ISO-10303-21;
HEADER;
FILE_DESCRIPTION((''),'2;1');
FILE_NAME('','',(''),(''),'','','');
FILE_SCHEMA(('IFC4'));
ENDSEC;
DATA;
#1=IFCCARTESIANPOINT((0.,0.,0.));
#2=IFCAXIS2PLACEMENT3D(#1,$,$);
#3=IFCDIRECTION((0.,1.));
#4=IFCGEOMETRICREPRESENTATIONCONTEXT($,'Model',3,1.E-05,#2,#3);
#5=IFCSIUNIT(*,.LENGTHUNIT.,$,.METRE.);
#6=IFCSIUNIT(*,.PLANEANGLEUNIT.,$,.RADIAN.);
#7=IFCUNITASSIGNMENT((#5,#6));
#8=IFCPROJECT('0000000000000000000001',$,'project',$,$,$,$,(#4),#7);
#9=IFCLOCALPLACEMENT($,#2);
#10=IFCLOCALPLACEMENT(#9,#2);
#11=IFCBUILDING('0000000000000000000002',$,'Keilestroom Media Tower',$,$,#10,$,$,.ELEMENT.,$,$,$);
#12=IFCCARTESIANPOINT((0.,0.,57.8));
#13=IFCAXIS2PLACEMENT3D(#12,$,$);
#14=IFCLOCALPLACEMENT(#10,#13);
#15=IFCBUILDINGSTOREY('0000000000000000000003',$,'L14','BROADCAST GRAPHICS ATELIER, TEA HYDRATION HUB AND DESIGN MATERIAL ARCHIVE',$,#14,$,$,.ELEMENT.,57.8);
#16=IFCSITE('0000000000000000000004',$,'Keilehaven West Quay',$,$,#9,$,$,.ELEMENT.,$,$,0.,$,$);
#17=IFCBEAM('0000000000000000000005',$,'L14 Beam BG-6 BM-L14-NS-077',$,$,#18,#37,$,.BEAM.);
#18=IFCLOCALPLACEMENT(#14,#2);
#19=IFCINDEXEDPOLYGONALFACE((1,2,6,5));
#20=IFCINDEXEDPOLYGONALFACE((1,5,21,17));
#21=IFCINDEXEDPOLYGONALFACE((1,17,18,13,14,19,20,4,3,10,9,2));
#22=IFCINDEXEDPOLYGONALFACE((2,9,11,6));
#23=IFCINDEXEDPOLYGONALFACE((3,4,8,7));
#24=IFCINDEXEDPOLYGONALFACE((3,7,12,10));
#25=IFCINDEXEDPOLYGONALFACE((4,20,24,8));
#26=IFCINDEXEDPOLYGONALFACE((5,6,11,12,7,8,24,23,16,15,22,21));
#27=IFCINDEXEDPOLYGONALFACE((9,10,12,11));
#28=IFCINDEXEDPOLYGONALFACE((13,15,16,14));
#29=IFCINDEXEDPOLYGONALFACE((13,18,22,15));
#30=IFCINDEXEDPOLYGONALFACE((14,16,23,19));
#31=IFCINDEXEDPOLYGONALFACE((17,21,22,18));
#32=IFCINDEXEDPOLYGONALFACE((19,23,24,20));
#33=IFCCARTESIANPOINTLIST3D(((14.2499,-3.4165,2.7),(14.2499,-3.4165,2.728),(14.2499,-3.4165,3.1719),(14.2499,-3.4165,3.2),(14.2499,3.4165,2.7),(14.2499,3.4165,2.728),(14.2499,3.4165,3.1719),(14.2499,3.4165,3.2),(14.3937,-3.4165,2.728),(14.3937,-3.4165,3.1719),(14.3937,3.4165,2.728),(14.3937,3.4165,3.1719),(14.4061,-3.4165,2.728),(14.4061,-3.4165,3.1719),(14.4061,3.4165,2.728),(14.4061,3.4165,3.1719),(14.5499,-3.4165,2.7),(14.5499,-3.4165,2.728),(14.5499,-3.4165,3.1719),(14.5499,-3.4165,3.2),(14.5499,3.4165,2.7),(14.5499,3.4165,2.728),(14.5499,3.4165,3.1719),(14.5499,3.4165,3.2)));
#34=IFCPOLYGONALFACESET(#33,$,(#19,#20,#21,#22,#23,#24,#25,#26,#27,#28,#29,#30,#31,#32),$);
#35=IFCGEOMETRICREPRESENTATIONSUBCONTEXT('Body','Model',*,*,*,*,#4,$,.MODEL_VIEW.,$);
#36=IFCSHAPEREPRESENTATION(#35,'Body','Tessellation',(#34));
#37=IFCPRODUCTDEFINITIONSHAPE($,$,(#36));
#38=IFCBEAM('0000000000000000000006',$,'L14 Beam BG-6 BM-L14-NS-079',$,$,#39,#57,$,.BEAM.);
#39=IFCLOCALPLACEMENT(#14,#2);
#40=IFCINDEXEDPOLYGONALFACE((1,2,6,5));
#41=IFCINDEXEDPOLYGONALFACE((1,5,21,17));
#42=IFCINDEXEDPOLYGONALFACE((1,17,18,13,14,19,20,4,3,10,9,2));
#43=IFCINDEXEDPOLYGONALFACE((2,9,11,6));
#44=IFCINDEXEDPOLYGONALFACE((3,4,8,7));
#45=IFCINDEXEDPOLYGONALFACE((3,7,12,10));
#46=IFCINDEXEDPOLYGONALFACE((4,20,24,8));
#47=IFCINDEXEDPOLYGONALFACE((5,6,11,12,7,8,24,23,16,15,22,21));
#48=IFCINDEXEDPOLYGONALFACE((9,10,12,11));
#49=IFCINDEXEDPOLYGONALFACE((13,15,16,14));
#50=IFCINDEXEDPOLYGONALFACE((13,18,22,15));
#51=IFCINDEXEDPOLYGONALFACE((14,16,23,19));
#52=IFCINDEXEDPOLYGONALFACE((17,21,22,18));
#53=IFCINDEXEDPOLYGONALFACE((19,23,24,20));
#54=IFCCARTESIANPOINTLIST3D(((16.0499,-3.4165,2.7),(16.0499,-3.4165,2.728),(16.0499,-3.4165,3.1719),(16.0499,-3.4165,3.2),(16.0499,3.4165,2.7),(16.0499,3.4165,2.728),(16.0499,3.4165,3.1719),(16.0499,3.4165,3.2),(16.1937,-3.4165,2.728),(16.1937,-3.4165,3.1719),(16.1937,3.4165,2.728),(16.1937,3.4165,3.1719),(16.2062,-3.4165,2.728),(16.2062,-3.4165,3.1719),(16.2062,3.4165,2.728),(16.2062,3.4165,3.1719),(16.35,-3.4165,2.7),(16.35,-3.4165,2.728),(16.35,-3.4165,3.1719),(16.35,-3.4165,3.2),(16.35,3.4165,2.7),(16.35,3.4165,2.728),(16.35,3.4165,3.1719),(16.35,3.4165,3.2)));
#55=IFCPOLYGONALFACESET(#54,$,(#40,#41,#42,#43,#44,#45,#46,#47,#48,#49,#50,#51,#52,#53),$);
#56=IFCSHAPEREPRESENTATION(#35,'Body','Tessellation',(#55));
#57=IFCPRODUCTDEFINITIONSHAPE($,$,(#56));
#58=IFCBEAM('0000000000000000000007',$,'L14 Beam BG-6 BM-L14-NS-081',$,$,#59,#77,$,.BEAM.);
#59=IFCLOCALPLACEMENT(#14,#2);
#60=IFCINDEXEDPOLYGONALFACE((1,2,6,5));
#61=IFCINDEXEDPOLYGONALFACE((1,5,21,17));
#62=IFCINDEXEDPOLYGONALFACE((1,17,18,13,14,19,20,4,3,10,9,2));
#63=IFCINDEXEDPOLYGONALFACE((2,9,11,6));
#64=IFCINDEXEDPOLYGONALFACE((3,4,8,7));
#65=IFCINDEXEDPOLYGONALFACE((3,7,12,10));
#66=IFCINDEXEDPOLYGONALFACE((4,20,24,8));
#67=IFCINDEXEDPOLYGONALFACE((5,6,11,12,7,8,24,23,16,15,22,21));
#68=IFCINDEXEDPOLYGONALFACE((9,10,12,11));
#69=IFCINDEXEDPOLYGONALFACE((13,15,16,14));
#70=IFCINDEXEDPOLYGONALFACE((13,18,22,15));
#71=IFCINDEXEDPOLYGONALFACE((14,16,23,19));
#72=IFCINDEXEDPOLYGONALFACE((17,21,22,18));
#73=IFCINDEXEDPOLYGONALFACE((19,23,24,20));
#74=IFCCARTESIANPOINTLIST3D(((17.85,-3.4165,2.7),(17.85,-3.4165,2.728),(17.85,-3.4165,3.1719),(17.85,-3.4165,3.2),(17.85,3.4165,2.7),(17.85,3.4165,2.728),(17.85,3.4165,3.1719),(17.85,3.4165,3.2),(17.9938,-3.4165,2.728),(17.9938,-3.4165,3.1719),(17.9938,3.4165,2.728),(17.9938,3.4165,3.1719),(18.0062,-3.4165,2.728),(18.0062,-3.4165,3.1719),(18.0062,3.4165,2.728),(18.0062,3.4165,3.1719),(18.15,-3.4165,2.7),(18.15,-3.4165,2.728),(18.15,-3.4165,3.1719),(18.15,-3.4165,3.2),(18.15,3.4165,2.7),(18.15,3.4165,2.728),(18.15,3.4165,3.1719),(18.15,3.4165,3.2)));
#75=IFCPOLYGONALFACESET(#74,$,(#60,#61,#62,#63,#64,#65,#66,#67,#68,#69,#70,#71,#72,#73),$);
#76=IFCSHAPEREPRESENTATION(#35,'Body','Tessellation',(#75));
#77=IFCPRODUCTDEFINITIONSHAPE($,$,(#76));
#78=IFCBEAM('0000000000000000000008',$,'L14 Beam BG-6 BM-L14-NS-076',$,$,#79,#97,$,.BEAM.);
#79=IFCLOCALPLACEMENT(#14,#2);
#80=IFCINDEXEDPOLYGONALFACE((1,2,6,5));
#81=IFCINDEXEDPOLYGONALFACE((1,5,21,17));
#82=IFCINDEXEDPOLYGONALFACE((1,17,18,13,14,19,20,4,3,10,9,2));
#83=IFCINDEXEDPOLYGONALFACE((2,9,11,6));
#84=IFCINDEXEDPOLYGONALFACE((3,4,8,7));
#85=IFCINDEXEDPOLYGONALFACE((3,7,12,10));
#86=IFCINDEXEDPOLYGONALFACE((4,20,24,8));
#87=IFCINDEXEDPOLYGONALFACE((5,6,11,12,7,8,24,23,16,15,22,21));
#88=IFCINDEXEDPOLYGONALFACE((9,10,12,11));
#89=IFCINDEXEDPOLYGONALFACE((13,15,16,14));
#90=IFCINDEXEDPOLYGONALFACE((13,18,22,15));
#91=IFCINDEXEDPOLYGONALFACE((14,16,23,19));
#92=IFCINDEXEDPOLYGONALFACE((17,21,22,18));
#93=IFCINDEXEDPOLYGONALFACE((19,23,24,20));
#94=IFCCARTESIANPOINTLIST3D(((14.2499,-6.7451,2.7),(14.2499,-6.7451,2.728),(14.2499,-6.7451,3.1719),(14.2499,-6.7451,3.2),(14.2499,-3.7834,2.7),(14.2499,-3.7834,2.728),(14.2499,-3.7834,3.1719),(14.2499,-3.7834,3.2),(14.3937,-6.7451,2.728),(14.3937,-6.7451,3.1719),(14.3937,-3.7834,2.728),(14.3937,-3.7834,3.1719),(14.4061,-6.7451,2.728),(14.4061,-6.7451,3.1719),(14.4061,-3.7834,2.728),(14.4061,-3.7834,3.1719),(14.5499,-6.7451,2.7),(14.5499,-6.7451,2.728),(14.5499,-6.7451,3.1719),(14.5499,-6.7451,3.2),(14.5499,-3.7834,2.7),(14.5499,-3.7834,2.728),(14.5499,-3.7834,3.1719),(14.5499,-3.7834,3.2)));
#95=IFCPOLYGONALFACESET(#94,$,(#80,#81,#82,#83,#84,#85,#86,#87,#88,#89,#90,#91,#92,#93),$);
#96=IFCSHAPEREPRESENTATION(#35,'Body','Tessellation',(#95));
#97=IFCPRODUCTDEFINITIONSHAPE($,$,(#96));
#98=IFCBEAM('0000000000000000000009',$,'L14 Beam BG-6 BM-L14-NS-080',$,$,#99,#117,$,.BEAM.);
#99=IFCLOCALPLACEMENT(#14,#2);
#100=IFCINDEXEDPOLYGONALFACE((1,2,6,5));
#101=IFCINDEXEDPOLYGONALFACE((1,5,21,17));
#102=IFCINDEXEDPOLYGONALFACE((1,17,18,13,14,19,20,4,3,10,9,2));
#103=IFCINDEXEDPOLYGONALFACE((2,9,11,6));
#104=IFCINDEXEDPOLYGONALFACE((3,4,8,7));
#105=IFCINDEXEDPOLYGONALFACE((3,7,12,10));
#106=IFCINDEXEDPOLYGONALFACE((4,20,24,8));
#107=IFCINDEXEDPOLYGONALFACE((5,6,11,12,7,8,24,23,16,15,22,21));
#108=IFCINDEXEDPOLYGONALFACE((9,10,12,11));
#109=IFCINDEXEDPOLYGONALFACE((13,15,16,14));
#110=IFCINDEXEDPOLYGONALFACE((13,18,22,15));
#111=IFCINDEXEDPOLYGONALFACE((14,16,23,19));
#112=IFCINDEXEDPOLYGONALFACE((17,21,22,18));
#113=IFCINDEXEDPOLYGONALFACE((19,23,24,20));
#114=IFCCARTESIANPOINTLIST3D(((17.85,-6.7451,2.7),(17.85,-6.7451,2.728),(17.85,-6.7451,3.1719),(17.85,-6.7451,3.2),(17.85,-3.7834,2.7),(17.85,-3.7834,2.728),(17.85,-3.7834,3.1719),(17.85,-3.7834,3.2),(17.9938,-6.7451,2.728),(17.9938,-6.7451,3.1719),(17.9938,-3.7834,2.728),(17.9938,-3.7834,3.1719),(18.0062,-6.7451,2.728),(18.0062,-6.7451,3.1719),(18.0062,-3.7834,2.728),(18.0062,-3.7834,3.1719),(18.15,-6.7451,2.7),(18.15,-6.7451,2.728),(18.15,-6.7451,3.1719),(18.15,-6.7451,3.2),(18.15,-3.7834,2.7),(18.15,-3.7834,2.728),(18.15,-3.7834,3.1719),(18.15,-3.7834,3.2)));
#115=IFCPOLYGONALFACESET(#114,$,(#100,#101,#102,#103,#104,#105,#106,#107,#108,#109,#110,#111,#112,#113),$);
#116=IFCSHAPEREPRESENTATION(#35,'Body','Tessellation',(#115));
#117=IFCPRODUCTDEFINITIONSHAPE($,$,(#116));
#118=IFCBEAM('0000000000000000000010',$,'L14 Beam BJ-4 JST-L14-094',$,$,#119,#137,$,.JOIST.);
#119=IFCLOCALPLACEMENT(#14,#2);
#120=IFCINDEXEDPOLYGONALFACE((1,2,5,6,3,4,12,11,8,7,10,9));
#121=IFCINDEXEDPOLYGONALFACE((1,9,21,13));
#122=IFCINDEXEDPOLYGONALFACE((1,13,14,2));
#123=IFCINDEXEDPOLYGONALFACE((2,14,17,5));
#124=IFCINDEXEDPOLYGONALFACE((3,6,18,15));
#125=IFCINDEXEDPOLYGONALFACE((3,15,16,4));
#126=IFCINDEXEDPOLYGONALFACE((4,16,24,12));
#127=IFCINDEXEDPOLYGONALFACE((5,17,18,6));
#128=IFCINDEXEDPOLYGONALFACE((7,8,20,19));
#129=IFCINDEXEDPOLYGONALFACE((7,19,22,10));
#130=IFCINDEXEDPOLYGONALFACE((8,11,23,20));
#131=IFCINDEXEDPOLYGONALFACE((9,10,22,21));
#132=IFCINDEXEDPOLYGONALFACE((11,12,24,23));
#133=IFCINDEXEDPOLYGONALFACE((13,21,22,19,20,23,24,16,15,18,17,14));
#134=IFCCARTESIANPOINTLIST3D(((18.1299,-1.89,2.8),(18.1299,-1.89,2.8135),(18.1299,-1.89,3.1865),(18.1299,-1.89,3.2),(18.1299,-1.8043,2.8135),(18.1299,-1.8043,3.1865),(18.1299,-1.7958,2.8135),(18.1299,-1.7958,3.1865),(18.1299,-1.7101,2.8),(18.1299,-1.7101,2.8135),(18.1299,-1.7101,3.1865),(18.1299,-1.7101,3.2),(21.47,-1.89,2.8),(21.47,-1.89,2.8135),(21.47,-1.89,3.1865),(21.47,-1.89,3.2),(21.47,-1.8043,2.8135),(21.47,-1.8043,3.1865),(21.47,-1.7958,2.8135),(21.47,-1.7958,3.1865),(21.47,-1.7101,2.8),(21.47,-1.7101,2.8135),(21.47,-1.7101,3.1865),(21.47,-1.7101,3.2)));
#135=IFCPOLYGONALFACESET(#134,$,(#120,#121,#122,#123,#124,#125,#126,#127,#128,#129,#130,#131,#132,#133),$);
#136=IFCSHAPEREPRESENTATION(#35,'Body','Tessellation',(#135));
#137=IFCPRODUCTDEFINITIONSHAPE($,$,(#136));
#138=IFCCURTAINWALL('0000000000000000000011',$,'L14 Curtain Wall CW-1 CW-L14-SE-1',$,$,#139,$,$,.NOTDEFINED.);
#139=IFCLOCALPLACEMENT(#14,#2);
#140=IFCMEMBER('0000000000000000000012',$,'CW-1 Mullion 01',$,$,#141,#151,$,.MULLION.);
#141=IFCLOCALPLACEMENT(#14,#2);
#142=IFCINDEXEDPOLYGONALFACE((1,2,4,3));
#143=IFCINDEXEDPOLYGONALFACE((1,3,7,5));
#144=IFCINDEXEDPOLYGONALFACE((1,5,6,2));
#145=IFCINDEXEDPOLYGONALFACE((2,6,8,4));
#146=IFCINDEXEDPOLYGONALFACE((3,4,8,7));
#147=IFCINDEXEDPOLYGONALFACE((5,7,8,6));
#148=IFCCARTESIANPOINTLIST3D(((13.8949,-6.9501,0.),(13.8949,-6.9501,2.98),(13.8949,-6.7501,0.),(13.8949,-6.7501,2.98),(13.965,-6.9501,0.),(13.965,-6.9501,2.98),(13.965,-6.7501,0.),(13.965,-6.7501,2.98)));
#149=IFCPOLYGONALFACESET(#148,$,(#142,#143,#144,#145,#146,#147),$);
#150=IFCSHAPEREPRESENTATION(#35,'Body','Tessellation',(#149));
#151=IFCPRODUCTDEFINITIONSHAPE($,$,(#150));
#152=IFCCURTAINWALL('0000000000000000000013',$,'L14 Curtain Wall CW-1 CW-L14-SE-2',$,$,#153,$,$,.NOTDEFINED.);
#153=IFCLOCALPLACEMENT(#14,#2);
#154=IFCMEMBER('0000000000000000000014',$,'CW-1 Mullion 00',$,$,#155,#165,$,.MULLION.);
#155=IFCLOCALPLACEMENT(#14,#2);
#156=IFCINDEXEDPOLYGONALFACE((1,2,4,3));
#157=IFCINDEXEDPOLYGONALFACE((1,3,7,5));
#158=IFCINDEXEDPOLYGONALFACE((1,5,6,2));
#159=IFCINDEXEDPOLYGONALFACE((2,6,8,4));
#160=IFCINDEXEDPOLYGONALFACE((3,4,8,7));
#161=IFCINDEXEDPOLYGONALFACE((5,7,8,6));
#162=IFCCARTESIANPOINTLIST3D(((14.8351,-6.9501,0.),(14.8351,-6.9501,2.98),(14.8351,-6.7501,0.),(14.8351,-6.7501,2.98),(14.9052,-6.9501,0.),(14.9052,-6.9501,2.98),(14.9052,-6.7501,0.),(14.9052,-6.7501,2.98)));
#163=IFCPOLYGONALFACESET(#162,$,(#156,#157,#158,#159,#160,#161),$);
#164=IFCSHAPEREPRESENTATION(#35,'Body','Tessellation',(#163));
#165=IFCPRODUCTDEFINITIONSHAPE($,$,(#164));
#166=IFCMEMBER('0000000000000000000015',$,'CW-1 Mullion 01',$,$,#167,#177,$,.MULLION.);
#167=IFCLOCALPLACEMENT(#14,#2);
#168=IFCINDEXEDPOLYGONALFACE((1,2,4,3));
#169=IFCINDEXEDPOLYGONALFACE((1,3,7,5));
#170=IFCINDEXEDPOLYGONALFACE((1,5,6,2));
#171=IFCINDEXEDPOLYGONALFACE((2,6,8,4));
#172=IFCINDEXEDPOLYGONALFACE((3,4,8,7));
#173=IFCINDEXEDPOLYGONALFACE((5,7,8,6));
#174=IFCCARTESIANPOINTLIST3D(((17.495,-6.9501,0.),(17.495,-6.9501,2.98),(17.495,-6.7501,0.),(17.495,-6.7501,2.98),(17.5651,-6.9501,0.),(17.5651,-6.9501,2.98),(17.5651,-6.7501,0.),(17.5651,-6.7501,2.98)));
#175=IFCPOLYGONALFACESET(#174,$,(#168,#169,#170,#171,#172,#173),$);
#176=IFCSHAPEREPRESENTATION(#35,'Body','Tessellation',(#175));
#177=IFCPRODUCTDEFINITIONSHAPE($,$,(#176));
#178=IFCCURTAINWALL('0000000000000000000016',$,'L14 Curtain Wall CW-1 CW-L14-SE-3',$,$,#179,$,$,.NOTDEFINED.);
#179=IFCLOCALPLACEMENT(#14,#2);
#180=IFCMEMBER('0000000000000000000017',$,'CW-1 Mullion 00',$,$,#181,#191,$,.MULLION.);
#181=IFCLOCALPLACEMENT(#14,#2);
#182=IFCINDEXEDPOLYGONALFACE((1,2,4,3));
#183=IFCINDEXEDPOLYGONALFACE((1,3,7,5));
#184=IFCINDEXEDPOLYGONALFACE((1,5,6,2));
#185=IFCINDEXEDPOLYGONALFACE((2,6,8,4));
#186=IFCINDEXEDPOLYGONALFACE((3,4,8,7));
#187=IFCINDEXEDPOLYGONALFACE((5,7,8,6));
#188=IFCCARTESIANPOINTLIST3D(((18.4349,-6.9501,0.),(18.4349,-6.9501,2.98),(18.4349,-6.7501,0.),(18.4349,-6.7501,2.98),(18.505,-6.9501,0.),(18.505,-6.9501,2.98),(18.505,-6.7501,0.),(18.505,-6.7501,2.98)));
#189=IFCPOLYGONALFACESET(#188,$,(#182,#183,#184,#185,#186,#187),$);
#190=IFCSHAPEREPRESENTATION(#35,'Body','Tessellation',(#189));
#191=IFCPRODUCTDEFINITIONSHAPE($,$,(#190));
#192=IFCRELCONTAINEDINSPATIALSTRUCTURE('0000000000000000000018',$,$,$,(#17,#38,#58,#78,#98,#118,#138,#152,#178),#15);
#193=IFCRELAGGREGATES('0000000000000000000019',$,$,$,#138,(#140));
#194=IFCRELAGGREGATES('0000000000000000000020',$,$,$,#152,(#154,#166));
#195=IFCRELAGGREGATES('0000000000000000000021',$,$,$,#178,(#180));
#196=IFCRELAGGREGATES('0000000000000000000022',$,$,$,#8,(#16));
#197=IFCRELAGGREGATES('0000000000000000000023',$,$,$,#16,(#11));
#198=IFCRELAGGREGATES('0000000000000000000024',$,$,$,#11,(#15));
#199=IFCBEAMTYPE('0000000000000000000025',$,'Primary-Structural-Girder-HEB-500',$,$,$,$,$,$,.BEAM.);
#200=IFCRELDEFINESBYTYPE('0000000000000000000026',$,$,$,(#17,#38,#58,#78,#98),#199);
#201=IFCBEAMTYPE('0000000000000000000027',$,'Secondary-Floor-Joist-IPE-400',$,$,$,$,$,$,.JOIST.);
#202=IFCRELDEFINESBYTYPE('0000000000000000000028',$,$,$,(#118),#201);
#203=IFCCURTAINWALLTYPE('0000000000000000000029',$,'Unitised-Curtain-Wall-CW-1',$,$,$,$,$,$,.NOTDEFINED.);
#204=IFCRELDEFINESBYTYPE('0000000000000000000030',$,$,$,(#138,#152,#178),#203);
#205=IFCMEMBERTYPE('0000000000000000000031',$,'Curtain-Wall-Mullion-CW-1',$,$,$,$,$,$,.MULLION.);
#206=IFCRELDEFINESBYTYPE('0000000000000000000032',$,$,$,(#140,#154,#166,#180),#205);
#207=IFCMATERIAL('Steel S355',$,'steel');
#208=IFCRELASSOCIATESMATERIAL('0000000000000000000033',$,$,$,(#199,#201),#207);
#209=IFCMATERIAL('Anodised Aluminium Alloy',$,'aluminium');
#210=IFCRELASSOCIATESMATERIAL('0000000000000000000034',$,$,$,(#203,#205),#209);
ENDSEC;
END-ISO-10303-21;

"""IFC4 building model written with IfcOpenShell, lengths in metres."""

from ifc_helpers import new_model, si_unit, direction, frame, origin, origin_2d, place, context, subcontext, project, spatial, rectangle, i_section, extrude, source, transform, mapped, material, material_profile, profile_set, type_object, element, aggregate, save


model = new_model("IFC4")

# Units and contexts
model_context = context("Model", 3, precision=1e-05, world=origin(), true_north=direction((0.0, 1.0)))
body_context = subcontext(model_context, "Body", "Model", "MODEL_VIEW")
ifc_project = project(units=[si_unit("LENGTHUNIT", "METRE"), si_unit("PLANEANGLEUNIT", "RADIAN")], contexts=[model_context])

# Site, building, storey
site_placement = place(None, origin())
site = spatial("IfcSite", under=ifc_project, at=site_placement, Name="Keilehaven West Quay", CompositionType="ELEMENT", RefElevation=0.0)
building_placement = place(site_placement, origin())
building = spatial("IfcBuilding", under=site, at=building_placement, Name="Keilestroom Media Tower", CompositionType="ELEMENT")
storey_placement = place(building_placement, frame((0.0, 0.0, 57.8)))
storey = spatial("IfcBuildingStorey", under=building, at=storey_placement, Name="L14", Description="BROADCAST GRAPHICS ATELIER, TEA HYDRATION HUB AND DESIGN MATERIAL ARCHIVE", CompositionType="ELEMENT", Elevation=57.8)

# Beams
ifc_material_1 = material(Name="Steel S355", Category="steel")
ifc_material_profile_1 = material_profile(ifc_material_1, i_section(OverallWidth=0.3, OverallDepth=0.5, WebThickness=0.0125, FlangeThickness=0.0281, at=origin_2d()), Name="HEB 500")
ifc_profile_set_1 = profile_set([ifc_material_profile_1], Name="Steel S355")
beam_type_1 = type_object("IfcBeamType", Name="Primary-Structural-Girder-HEB-500", PredefinedType="BEAM", material=ifc_profile_set_1)
shared_shape_1 = source(origin(), body_context, "Body", "SweptSolid", [
    extrude(i_section(OverallWidth=0.3, OverallDepth=0.5, WebThickness=0.0125, FlangeThickness=0.0281, at=origin_2d()), origin(), (0.0, 0.0, 1.0), 6.833),
])
for number, where, z_axis, x_axis, name in (
    (1, (14.3999, -3.4165, 2.95), (0.0, 1.0, 0.0), (-1.0, 0.0, 0.0), "L14 Beam BG-6 BM-L14-NS-077"),
    (2, (16.2, -3.4165, 2.95), (0.0, 1.0, 0.0), (-1.0, 0.0, 0.0), "L14 Beam BG-6 BM-L14-NS-079"),
    (3, (18.0, -3.4165, 2.95), (0.0, 1.0, 0.0), (-1.0, 0.0, 0.0), "L14 Beam BG-6 BM-L14-NS-081"),
):
    element("IfcBeam", number, at=place(storey_placement, frame(where, z_axis=z_axis, x_axis=x_axis)), inside=storey, type_object=beam_type_1, Name=name, PredefinedType="BEAM", context=body_context, shape_type="MappedRepresentation", body=[
        mapped(shared_shape_1, transform((0.0, 0.0, 0.0), x_axis=(1.0, 0.0, 0.0), y_axis=(0.0, 1.0, 0.0), z_axis=(0.0, 0.0, 1.0), scale=1.0)),
    ])
shared_shape_2 = source(origin(), body_context, "Body", "SweptSolid", [
    extrude(i_section(OverallWidth=0.3, OverallDepth=0.5, WebThickness=0.0125, FlangeThickness=0.0281, at=origin_2d()), origin(), (0.0, 0.0, 1.0), 2.9617),
])
for number, where, z_axis, x_axis, name in (
    (4, (14.3999, -6.7451, 2.95), (0.0, 1.0, 0.0), (-1.0, 0.0, 0.0), "L14 Beam BG-6 BM-L14-NS-076"),
    (5, (18.0, -6.7451, 2.95), (0.0, 1.0, 0.0), (-1.0, 0.0, 0.0), "L14 Beam BG-6 BM-L14-NS-080"),
):
    element("IfcBeam", number, at=place(storey_placement, frame(where, z_axis=z_axis, x_axis=x_axis)), inside=storey, type_object=beam_type_1, Name=name, PredefinedType="BEAM", context=body_context, shape_type="MappedRepresentation", body=[
        mapped(shared_shape_2, transform((0.0, 0.0, 0.0), x_axis=(1.0, 0.0, 0.0), y_axis=(0.0, 1.0, 0.0), z_axis=(0.0, 0.0, 1.0), scale=1.0)),
    ])
ifc_material_profile_2 = material_profile(ifc_material_1, i_section(OverallWidth=0.1799, OverallDepth=0.3999, WebThickness=0.0085, FlangeThickness=0.0134, at=origin_2d()), Name="IPE 400")
ifc_profile_set_2 = profile_set([ifc_material_profile_2], Name="Steel S355")
beam_type_2 = type_object("IfcBeamType", Name="Secondary-Floor-Joist-IPE-400", PredefinedType="JOIST", material=ifc_profile_set_2)
shared_shape_3 = source(origin(), body_context, "Body", "SweptSolid", [
    extrude(i_section(OverallWidth=0.1799, OverallDepth=0.3999, WebThickness=0.0085, FlangeThickness=0.0134, at=origin_2d()), origin(), (0.0, 0.0, 1.0), 3.3401),
])
beam_1_placement = place(storey_placement, frame((18.1299, -1.8, 3.0), z_axis=(1.0, 0.0, 0.0), x_axis=(0.0, 1.0, 0.0)))
element("IfcBeam", 6, at=beam_1_placement, inside=storey, type_object=beam_type_2, Name="L14 Beam BJ-4 JST-L14-094", PredefinedType="JOIST", context=body_context, shape_type="MappedRepresentation", body=[
    mapped(shared_shape_3, transform((0.0, 0.0, 0.0), x_axis=(1.0, 0.0, 0.0), y_axis=(0.0, 1.0, 0.0), z_axis=(0.0, 0.0, 1.0), scale=1.0)),
])

# Curtain wall, member
ifc_material_2 = material(Name="Anodised Aluminium Alloy", Category="aluminium")
curtain_wall_type = type_object("IfcCurtainWallType", Name="Unitised-Curtain-Wall-CW-1", PredefinedType="NOTDEFINED", material=ifc_material_2)
curtain_wall_1_placement = place(storey_placement, origin())
curtain_wall_1 = element("IfcCurtainWall", 7, at=curtain_wall_1_placement, inside=storey, type_object=curtain_wall_type, Name="L14 Curtain Wall CW-1 CW-L14-SE-1", PredefinedType="NOTDEFINED")
ifc_material_profile_3 = material_profile(ifc_material_2, rectangle(XDim=0.0701, YDim=0.2, at=origin_2d()), Name="ALU MULLION 70x200")
ifc_profile_set_3 = profile_set([ifc_material_profile_3], Name="Anodised Aluminium Alloy")
member_type_1 = type_object("IfcMemberType", Name="Curtain-Wall-Mullion-CW-1", PredefinedType="MULLION", material=ifc_profile_set_3)
shared_shape_4 = source(origin(), body_context, "Body", "SweptSolid", [
    extrude(rectangle(XDim=0.0701, YDim=0.2, at=origin_2d()), origin(), (0.0, 0.0, 1.0), 2.98),
])
member_1_placement = place(storey_placement, frame((13.9299, -6.8501, 0.0), z_axis=(0.0, 0.0, 1.0), x_axis=(1.0, 0.0, 0.0)))
member_1 = element("IfcMember", 8, at=member_1_placement, type_object=member_type_1, Name="CW-1 Mullion 01", PredefinedType="MULLION", context=body_context, shape_type="MappedRepresentation", body=[
    mapped(shared_shape_4, transform((0.0, 0.0, 0.0), x_axis=(1.0, 0.0, 0.0), y_axis=(0.0, 1.0, 0.0), z_axis=(0.0, 0.0, 1.0), scale=1.0)),
])
aggregate(curtain_wall_1, [member_1])

# Curtain walls, members
curtain_wall_2_placement = place(storey_placement, origin())
curtain_wall_2 = element("IfcCurtainWall", 9, at=curtain_wall_2_placement, inside=storey, type_object=curtain_wall_type, Name="L14 Curtain Wall CW-1 CW-L14-SE-2", PredefinedType="NOTDEFINED")
member_2_placement = place(storey_placement, frame((14.8701, -6.8501, 0.0), z_axis=(0.0, 0.0, 1.0), x_axis=(1.0, 0.0, 0.0)))
member_2 = element("IfcMember", 10, at=member_2_placement, type_object=member_type_1, Name="CW-1 Mullion 00", PredefinedType="MULLION", context=body_context, shape_type="MappedRepresentation", body=[
    mapped(shared_shape_4, transform((0.0, 0.0, 0.0), x_axis=(1.0, 0.0, 0.0), y_axis=(0.0, 1.0, 0.0), z_axis=(0.0, 0.0, 1.0), scale=1.0)),
])
member_3_placement = place(storey_placement, frame((17.53, -6.8501, 0.0), z_axis=(0.0, 0.0, 1.0), x_axis=(1.0, 0.0, 0.0)))
member_3 = element("IfcMember", 11, at=member_3_placement, type_object=member_type_1, Name="CW-1 Mullion 01", PredefinedType="MULLION", context=body_context, shape_type="MappedRepresentation", body=[
    mapped(shared_shape_4, transform((0.0, 0.0, 0.0), x_axis=(1.0, 0.0, 0.0), y_axis=(0.0, 1.0, 0.0), z_axis=(0.0, 0.0, 1.0), scale=1.0)),
])
curtain_wall_3_placement = place(storey_placement, origin())
curtain_wall_3 = element("IfcCurtainWall", 12, at=curtain_wall_3_placement, inside=storey, type_object=curtain_wall_type, Name="L14 Curtain Wall CW-1 CW-L14-SE-3", PredefinedType="NOTDEFINED")
member_4_placement = place(storey_placement, frame((18.47, -6.8501, 0.0), z_axis=(0.0, 0.0, 1.0), x_axis=(1.0, 0.0, 0.0)))
member_4 = element("IfcMember", 13, at=member_4_placement, type_object=member_type_1, Name="CW-1 Mullion 00", PredefinedType="MULLION", context=body_context, shape_type="MappedRepresentation", body=[
    mapped(shared_shape_4, transform((0.0, 0.0, 0.0), x_axis=(1.0, 0.0, 0.0), y_axis=(0.0, 1.0, 0.0), z_axis=(0.0, 0.0, 1.0), scale=1.0)),
])

aggregate(curtain_wall_2, [member_2, member_3])
aggregate(curtain_wall_3, [member_4])

save(model, "model.ifc")
